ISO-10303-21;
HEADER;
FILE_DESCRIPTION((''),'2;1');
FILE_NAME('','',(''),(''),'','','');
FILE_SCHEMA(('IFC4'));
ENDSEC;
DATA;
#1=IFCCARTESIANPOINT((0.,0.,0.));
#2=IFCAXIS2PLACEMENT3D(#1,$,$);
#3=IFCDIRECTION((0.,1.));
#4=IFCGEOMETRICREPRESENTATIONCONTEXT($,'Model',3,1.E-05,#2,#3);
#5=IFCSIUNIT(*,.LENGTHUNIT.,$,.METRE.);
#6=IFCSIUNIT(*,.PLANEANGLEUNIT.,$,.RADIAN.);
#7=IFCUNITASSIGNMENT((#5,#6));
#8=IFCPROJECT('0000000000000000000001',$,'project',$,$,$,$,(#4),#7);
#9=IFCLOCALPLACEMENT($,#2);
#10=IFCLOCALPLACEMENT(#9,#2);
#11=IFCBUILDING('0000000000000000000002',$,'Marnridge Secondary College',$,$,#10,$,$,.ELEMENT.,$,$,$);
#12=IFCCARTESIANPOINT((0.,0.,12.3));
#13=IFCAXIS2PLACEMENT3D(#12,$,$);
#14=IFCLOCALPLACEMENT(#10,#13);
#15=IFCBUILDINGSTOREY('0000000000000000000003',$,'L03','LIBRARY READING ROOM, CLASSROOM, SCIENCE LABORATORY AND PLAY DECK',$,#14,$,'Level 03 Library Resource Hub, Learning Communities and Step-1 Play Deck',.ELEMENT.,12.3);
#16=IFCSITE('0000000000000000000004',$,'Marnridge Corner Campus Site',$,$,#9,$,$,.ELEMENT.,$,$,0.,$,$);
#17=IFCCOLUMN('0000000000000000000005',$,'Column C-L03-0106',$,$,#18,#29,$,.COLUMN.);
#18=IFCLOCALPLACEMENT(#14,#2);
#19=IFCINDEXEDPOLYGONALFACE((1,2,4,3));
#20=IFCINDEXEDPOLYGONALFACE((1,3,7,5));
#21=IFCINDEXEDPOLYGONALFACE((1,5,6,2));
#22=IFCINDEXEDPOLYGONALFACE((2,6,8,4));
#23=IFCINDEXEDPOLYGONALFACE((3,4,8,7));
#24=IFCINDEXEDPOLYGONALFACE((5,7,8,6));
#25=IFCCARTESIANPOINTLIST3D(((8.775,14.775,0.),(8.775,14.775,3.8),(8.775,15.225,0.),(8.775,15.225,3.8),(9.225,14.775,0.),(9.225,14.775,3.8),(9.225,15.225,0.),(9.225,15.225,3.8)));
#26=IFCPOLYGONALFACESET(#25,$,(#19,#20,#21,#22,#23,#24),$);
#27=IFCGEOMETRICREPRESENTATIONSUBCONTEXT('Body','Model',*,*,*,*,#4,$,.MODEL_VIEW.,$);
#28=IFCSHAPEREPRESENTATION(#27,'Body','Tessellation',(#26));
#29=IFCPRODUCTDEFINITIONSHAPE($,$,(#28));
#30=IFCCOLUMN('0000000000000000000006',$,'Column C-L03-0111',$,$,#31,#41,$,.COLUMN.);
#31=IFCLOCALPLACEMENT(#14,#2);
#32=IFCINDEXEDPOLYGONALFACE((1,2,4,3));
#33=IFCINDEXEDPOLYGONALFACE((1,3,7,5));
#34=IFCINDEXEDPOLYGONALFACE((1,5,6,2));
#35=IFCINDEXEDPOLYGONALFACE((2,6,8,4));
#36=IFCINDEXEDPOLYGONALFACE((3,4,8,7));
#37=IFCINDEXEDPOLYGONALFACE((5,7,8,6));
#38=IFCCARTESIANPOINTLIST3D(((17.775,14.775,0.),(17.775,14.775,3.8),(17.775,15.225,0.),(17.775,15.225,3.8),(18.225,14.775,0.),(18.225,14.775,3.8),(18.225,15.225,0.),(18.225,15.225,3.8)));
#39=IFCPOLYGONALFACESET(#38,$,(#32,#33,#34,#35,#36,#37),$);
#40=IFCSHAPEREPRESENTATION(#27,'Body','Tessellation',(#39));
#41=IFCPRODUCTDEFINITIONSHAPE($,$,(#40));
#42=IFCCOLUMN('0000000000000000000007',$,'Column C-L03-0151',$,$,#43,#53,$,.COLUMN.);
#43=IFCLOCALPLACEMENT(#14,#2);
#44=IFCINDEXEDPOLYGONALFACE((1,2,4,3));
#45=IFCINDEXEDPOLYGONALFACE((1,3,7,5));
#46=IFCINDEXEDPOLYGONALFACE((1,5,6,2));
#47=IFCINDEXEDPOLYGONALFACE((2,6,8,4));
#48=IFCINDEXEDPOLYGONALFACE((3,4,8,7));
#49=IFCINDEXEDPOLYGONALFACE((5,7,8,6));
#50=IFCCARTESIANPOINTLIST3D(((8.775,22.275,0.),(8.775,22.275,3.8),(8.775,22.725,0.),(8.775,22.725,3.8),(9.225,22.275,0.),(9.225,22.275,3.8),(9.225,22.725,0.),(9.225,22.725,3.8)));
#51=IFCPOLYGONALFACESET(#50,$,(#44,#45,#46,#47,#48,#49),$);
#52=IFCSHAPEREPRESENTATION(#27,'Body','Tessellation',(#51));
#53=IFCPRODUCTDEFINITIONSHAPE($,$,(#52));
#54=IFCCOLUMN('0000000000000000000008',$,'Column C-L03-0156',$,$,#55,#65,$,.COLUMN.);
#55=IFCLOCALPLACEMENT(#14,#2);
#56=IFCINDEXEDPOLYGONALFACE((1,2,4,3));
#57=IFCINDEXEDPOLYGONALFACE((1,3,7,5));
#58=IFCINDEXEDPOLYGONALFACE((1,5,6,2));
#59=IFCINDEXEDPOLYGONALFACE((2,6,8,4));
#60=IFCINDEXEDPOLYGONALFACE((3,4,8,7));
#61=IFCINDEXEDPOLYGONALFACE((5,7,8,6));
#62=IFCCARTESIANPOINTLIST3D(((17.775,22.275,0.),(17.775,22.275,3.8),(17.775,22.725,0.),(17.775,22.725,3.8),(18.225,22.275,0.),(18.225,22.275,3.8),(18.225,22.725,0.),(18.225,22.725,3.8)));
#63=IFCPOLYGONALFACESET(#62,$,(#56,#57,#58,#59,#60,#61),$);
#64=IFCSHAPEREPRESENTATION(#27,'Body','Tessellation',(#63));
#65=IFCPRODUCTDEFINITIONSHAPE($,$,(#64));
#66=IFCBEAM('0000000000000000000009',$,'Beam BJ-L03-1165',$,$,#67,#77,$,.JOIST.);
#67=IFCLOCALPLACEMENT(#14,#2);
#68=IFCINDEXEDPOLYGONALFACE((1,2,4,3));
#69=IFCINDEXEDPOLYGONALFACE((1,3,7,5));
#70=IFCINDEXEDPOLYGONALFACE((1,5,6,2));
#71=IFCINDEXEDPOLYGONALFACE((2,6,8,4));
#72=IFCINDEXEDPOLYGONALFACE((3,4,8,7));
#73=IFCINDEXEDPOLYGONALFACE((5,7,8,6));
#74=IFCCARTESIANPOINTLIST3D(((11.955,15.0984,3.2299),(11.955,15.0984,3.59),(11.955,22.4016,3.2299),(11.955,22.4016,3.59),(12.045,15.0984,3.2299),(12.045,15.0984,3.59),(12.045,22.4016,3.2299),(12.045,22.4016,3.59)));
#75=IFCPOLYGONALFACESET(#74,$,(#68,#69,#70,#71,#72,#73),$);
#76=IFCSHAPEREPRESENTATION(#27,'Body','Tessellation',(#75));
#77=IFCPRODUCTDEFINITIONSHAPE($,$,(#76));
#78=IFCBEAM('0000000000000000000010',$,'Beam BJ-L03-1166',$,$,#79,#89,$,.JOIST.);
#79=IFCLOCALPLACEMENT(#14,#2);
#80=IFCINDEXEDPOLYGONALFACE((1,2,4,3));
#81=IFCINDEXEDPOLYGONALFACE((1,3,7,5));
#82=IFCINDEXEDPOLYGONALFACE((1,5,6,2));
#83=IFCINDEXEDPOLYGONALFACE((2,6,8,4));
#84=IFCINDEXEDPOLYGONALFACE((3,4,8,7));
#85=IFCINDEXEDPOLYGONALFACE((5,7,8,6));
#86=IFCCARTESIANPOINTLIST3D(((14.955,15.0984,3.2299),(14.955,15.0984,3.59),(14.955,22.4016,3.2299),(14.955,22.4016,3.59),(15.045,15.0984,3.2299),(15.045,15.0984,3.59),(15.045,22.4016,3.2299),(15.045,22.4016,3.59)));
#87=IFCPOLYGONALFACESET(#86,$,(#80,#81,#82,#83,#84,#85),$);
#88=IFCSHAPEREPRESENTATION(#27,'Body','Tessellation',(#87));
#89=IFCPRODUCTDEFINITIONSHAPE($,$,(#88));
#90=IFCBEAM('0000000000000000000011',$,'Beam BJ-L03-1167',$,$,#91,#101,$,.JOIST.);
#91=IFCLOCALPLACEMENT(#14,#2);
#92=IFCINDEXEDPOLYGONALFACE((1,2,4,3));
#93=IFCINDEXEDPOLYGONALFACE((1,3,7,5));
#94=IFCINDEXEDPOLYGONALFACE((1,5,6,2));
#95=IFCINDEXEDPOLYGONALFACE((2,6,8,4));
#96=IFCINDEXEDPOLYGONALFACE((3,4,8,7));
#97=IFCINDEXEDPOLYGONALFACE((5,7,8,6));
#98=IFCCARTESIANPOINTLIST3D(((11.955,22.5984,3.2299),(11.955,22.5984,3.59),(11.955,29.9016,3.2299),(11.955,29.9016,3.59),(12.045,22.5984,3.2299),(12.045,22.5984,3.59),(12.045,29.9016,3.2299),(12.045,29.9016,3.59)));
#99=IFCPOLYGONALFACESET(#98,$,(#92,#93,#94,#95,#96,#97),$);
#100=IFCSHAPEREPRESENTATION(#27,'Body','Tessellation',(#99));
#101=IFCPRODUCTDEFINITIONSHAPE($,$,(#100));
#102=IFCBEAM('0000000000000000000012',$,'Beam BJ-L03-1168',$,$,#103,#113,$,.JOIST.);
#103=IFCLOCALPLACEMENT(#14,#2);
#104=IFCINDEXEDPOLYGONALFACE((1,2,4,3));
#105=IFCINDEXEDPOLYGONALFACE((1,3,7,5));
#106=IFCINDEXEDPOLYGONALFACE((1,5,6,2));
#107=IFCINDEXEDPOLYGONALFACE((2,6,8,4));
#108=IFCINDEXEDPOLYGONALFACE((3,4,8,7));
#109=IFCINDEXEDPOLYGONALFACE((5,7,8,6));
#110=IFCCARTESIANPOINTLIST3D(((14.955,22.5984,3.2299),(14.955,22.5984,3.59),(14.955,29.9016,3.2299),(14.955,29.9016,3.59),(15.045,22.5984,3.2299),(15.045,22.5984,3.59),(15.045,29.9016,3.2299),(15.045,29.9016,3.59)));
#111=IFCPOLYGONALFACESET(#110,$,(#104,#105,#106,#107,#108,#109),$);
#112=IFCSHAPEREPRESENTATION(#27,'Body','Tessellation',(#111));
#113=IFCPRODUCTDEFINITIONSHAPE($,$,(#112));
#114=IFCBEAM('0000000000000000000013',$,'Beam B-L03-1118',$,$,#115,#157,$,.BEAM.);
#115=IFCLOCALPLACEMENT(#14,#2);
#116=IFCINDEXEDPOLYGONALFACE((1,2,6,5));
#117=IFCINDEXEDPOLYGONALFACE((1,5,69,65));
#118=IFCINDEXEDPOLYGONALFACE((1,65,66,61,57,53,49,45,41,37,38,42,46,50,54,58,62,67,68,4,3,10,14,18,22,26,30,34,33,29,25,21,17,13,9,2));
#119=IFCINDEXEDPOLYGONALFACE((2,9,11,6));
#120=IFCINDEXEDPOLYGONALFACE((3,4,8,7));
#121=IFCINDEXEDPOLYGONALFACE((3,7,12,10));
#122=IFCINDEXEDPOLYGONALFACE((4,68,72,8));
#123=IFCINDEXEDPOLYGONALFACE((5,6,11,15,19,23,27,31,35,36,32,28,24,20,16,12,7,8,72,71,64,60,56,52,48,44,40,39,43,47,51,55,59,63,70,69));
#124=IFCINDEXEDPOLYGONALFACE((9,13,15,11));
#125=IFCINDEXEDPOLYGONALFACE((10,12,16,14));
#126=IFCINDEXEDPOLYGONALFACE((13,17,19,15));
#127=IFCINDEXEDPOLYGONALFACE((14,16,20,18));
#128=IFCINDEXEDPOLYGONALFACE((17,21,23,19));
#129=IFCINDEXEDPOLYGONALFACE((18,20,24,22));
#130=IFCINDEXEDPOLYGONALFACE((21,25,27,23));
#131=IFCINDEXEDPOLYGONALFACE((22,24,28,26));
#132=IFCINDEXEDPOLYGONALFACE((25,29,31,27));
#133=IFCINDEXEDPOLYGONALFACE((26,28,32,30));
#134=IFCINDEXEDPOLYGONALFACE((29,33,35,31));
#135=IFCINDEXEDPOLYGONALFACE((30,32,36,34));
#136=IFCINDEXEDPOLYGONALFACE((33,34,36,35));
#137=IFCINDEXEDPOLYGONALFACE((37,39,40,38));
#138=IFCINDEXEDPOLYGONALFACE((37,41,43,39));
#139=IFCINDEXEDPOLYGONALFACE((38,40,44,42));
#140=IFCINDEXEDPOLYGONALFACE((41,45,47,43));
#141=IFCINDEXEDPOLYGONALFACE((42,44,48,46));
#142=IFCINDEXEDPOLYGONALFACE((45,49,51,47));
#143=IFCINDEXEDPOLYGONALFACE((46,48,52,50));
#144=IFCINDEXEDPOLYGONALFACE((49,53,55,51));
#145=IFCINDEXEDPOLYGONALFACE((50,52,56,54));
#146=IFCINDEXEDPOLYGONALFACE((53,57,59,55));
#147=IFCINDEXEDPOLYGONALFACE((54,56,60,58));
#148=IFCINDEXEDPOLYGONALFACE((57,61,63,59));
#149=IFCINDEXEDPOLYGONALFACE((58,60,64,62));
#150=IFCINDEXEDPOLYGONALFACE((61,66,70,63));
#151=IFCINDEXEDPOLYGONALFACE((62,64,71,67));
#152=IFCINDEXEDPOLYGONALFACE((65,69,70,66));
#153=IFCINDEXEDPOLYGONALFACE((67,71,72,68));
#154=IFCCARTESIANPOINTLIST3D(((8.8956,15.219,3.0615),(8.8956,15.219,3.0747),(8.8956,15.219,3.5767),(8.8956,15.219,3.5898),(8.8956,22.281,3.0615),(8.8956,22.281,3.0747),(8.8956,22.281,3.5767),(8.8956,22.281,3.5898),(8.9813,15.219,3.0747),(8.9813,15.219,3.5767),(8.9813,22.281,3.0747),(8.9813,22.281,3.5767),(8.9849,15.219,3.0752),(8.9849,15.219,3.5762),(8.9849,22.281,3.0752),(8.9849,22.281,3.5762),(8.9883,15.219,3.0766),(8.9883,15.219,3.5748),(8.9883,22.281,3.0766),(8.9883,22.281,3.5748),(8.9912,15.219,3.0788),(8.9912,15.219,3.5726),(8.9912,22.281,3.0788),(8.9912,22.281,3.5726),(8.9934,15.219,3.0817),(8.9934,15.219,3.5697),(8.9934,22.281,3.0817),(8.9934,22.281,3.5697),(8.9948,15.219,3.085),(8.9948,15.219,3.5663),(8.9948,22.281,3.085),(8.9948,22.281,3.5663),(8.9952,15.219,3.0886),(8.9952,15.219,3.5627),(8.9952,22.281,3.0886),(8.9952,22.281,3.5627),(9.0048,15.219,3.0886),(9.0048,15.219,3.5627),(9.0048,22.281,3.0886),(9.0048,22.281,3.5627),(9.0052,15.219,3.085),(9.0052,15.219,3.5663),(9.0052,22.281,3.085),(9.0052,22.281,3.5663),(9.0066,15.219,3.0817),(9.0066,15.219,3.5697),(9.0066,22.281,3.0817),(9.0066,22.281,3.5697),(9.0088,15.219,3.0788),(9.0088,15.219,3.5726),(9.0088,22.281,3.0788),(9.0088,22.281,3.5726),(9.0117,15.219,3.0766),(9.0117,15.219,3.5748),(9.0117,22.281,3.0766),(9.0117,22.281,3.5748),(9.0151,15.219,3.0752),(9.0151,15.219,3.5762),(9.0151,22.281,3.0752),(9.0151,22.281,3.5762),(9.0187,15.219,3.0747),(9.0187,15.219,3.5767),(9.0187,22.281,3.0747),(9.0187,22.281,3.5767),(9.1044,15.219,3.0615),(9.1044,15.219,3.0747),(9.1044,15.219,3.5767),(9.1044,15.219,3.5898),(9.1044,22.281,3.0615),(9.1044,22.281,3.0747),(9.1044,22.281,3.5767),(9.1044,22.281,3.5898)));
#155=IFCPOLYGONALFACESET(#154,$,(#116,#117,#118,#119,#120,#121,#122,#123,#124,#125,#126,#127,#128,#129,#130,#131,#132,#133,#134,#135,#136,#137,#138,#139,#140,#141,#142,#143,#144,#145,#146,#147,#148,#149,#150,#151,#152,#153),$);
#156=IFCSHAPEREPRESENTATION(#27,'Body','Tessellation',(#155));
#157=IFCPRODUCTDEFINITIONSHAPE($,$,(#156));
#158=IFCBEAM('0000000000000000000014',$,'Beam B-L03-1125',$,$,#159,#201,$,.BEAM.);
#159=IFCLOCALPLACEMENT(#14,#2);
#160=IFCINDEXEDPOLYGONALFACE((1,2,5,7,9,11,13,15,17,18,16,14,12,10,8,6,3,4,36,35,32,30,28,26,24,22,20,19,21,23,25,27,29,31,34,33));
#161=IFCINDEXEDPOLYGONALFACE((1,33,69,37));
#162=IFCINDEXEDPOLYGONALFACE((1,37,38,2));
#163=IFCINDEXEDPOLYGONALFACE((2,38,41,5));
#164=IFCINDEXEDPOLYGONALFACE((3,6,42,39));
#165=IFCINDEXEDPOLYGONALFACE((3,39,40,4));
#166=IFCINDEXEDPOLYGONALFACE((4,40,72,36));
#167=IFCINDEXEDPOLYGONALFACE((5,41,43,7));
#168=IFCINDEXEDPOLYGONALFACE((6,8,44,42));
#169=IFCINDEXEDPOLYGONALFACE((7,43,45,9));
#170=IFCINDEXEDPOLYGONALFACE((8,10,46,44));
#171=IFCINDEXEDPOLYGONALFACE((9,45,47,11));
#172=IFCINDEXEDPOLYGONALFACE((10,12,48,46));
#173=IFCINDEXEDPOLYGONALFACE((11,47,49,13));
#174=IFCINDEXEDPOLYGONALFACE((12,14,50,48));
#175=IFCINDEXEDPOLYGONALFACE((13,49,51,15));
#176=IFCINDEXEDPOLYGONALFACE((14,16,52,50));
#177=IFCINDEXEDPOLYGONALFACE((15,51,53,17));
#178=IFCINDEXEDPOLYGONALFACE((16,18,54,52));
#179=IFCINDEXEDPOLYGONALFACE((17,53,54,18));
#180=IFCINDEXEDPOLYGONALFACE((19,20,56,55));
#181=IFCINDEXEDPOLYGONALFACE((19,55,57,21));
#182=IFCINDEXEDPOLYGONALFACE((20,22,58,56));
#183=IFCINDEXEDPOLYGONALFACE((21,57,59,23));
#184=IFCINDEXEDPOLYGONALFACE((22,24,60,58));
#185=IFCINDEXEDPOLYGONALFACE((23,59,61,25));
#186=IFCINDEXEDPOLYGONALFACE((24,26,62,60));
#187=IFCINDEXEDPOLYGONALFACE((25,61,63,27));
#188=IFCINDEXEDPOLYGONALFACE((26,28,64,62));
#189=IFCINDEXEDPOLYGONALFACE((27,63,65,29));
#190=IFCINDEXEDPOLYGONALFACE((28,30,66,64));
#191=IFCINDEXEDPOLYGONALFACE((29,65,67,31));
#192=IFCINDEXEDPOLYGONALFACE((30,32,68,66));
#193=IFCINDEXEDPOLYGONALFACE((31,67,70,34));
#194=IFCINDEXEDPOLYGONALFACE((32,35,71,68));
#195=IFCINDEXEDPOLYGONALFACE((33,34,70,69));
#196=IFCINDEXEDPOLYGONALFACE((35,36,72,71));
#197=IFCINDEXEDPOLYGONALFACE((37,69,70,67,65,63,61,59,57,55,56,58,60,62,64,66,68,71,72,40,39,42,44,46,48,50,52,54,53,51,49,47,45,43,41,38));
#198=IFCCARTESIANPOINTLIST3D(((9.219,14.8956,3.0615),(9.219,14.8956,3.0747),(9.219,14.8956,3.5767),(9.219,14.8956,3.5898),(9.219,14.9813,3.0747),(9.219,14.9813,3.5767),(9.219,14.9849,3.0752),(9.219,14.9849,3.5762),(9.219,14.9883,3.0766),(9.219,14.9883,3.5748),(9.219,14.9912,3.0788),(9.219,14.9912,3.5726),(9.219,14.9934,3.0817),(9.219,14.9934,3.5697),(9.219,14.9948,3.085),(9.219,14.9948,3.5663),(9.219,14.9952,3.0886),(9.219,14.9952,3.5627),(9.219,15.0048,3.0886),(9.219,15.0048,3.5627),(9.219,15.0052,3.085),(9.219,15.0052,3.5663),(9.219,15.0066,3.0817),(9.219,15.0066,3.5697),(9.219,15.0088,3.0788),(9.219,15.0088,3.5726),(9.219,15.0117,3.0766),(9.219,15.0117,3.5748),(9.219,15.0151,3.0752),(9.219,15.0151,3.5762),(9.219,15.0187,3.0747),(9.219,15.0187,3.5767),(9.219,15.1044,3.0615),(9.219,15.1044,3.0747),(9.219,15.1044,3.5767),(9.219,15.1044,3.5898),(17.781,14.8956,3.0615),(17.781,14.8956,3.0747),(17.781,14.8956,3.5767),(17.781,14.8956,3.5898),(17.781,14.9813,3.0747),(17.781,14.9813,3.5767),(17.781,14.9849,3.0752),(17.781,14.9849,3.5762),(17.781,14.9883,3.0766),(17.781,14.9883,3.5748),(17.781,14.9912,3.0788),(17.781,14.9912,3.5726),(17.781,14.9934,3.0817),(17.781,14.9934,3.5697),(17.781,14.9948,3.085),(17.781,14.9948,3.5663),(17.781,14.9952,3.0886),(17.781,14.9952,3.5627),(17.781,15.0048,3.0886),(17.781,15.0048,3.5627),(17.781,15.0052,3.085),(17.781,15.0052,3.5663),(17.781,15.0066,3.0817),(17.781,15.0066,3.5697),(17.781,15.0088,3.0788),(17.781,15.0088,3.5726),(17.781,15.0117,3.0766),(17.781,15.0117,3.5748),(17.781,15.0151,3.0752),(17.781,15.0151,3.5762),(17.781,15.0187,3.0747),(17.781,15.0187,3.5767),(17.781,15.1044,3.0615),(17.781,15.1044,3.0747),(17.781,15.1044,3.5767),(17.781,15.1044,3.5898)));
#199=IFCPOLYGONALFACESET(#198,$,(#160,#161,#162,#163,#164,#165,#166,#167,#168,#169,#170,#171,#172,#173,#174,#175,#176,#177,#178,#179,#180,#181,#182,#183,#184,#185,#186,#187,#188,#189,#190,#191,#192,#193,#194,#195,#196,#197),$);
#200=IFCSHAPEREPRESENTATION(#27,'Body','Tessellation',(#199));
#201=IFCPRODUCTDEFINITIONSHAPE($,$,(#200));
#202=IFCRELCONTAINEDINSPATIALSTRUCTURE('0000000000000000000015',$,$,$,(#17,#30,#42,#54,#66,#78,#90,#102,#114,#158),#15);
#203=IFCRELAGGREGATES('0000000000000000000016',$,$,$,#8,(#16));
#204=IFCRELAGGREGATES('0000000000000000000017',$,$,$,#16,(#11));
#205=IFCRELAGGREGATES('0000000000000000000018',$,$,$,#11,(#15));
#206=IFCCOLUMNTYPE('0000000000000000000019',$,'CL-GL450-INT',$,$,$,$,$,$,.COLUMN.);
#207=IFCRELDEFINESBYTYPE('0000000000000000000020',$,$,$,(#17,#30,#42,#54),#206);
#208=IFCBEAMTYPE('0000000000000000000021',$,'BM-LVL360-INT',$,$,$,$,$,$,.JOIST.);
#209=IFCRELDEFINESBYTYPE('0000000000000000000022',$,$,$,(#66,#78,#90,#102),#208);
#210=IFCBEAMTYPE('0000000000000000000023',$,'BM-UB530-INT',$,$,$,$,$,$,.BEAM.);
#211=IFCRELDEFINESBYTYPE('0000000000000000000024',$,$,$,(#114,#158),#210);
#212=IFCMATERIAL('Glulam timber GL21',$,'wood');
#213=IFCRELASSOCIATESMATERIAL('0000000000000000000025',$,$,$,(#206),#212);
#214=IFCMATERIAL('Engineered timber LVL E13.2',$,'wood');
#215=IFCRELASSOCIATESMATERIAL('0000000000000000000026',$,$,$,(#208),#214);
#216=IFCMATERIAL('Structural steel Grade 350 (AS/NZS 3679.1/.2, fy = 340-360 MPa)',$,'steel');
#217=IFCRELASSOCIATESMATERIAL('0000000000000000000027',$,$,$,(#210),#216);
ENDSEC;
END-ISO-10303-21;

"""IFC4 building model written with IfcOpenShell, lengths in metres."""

from ifc_helpers import new_model, si_unit, direction, frame, origin, origin_2d, place, context, subcontext, project, spatial, rectangle, i_section, extrude, material, material_profile, profile_set, type_object, element, save


model = new_model("IFC4")

# Units and contexts
model_context = context("Model", 3, precision=1e-05, world=origin(), true_north=direction((0.0, 1.0)))
body_context = subcontext(model_context, "Body", "Model", "MODEL_VIEW")
ifc_project = project(units=[si_unit("LENGTHUNIT", "METRE"), si_unit("PLANEANGLEUNIT", "RADIAN")], contexts=[model_context])

# Site, building, storey
site_placement = place(None, origin())
site = spatial("IfcSite", under=ifc_project, at=site_placement, Name="Marnridge Corner Campus Site", CompositionType="ELEMENT", RefElevation=0.0)
building_placement = place(site_placement, origin())
building = spatial("IfcBuilding", under=site, at=building_placement, Name="Marnridge Secondary College", CompositionType="ELEMENT")
storey_placement = place(building_placement, frame((0.0, 0.0, 12.3)))
storey = spatial("IfcBuildingStorey", under=building, at=storey_placement, Name="L03", Description="LIBRARY READING ROOM, CLASSROOM, SCIENCE LABORATORY AND PLAY DECK", LongName="Level 03 Library Resource Hub, Learning Communities and Step-1 Play Deck", CompositionType="ELEMENT", Elevation=12.3)

# Columns
ifc_material_1 = material(Name="Glulam timber GL21", Category="wood")
ifc_material_profile_1 = material_profile(ifc_material_1, rectangle(XDim=0.45, YDim=0.45, at=origin_2d()), Name="GL21 450x450")
ifc_profile_set_1 = profile_set([ifc_material_profile_1], Name="Glulam timber GL21")
column_type = type_object("IfcColumnType", Name="CL-GL450-INT", PredefinedType="COLUMN", material=ifc_profile_set_1)
for number, where, z_axis, x_axis, name in (
    (1, (9.0, 15.0, 0.0), (0.0, 0.0, 1.0), (1.0, 0.0, 0.0), "Column C-L03-0106"),
    (2, (18.0, 15.0, 0.0), (0.0, 0.0, 1.0), (1.0, 0.0, 0.0), "Column C-L03-0111"),
    (3, (9.0, 22.5, 0.0), (0.0, 0.0, 1.0), (1.0, 0.0, 0.0), "Column C-L03-0151"),
    (4, (18.0, 22.5, 0.0), (0.0, 0.0, 1.0), (1.0, 0.0, 0.0), "Column C-L03-0156"),
):
    element("IfcColumn", number, at=place(storey_placement, frame(where, z_axis=z_axis, x_axis=x_axis)), inside=storey, type_object=column_type, Name=name, PredefinedType="COLUMN", context=body_context, shape_type="SweptSolid", body=[
        extrude(rectangle(XDim=0.45, YDim=0.45, at=origin_2d()), origin(), (0.0, 0.0, 1.0), 3.8),
    ])

# Beams
ifc_material_2 = material(Name="Engineered timber LVL E13.2", Category="wood")
ifc_material_profile_2 = material_profile(ifc_material_2, rectangle(XDim=0.0901, YDim=0.3601, at=origin_2d()), Name="LVL 90x360")
ifc_profile_set_2 = profile_set([ifc_material_profile_2], Name="Engineered timber LVL E13.2")
beam_type_1 = type_object("IfcBeamType", Name="BM-LVL360-INT", PredefinedType="JOIST", material=ifc_profile_set_2)
for number, where, z_axis, x_axis, name in (
    (5, (12.0, 15.0984, 3.4099), (0.0, 1.0, 0.0), (-1.0, 0.0, 0.0), "Beam BJ-L03-1165"),
    (6, (15.0, 15.0984, 3.4099), (0.0, 1.0, 0.0), (-1.0, 0.0, 0.0), "Beam BJ-L03-1166"),
    (7, (12.0, 22.5984, 3.4099), (0.0, 1.0, 0.0), (-1.0, 0.0, 0.0), "Beam BJ-L03-1167"),
    (8, (15.0, 22.5984, 3.4099), (0.0, 1.0, 0.0), (-1.0, 0.0, 0.0), "Beam BJ-L03-1168"),
):
    element("IfcBeam", number, at=place(storey_placement, frame(where, z_axis=z_axis, x_axis=x_axis)), inside=storey, type_object=beam_type_1, Name=name, PredefinedType="JOIST", context=body_context, shape_type="SweptSolid", body=[
        extrude(rectangle(XDim=0.0901, YDim=0.3601, at=origin_2d()), origin(), (0.0, 0.0, 1.0), 7.3032),
    ])
ifc_material_3 = material(Name="Structural steel Grade 350 (AS/NZS 3679.1/.2, fy = 340-360 MPa)", Category="steel")
ifc_material_profile_3 = material_profile(ifc_material_3, i_section(OverallWidth=0.2087, OverallDepth=0.5283, WebThickness=0.0095, FlangeThickness=0.0132, FilletRadius=0.0139, at=origin_2d()), Name="530UB82.0")
ifc_profile_set_3 = profile_set([ifc_material_profile_3], Name="Structural steel Grade 350 (AS/NZS 3679.1/.2, fy = 340-360 MPa)")
beam_type_2 = type_object("IfcBeamType", Name="BM-UB530-INT", PredefinedType="BEAM", material=ifc_profile_set_3)
beam_1_placement = place(storey_placement, frame((9.0, 15.219, 3.3257), z_axis=(0.0, 1.0, 0.0), x_axis=(-1.0, 0.0, 0.0)))
element("IfcBeam", 9, at=beam_1_placement, inside=storey, type_object=beam_type_2, Name="Beam B-L03-1118", PredefinedType="BEAM", context=body_context, shape_type="SweptSolid", body=[
    extrude(i_section(OverallWidth=0.2087, OverallDepth=0.5283, WebThickness=0.0095, FlangeThickness=0.0132, FilletRadius=0.0139, at=origin_2d()), origin(), (0.0, 0.0, 1.0), 7.062),
])
for number, where, z_axis, x_axis, name in (
    (10, (9.219, 15.0, 3.3257), (1.0, 0.0, 0.0), (0.0, 1.0, 0.0), "Beam B-L03-1125"),
):
    element("IfcBeam", number, at=place(storey_placement, frame(where, z_axis=z_axis, x_axis=x_axis)), inside=storey, type_object=beam_type_2, Name=name, PredefinedType="BEAM", context=body_context, shape_type="SweptSolid", body=[
        extrude(i_section(OverallWidth=0.2087, OverallDepth=0.5283, WebThickness=0.0095, FlangeThickness=0.0132, FilletRadius=0.0139, at=origin_2d()), origin(), (0.0, 0.0, 1.0), 8.562),
    ])

save(model, "model.ifc")
